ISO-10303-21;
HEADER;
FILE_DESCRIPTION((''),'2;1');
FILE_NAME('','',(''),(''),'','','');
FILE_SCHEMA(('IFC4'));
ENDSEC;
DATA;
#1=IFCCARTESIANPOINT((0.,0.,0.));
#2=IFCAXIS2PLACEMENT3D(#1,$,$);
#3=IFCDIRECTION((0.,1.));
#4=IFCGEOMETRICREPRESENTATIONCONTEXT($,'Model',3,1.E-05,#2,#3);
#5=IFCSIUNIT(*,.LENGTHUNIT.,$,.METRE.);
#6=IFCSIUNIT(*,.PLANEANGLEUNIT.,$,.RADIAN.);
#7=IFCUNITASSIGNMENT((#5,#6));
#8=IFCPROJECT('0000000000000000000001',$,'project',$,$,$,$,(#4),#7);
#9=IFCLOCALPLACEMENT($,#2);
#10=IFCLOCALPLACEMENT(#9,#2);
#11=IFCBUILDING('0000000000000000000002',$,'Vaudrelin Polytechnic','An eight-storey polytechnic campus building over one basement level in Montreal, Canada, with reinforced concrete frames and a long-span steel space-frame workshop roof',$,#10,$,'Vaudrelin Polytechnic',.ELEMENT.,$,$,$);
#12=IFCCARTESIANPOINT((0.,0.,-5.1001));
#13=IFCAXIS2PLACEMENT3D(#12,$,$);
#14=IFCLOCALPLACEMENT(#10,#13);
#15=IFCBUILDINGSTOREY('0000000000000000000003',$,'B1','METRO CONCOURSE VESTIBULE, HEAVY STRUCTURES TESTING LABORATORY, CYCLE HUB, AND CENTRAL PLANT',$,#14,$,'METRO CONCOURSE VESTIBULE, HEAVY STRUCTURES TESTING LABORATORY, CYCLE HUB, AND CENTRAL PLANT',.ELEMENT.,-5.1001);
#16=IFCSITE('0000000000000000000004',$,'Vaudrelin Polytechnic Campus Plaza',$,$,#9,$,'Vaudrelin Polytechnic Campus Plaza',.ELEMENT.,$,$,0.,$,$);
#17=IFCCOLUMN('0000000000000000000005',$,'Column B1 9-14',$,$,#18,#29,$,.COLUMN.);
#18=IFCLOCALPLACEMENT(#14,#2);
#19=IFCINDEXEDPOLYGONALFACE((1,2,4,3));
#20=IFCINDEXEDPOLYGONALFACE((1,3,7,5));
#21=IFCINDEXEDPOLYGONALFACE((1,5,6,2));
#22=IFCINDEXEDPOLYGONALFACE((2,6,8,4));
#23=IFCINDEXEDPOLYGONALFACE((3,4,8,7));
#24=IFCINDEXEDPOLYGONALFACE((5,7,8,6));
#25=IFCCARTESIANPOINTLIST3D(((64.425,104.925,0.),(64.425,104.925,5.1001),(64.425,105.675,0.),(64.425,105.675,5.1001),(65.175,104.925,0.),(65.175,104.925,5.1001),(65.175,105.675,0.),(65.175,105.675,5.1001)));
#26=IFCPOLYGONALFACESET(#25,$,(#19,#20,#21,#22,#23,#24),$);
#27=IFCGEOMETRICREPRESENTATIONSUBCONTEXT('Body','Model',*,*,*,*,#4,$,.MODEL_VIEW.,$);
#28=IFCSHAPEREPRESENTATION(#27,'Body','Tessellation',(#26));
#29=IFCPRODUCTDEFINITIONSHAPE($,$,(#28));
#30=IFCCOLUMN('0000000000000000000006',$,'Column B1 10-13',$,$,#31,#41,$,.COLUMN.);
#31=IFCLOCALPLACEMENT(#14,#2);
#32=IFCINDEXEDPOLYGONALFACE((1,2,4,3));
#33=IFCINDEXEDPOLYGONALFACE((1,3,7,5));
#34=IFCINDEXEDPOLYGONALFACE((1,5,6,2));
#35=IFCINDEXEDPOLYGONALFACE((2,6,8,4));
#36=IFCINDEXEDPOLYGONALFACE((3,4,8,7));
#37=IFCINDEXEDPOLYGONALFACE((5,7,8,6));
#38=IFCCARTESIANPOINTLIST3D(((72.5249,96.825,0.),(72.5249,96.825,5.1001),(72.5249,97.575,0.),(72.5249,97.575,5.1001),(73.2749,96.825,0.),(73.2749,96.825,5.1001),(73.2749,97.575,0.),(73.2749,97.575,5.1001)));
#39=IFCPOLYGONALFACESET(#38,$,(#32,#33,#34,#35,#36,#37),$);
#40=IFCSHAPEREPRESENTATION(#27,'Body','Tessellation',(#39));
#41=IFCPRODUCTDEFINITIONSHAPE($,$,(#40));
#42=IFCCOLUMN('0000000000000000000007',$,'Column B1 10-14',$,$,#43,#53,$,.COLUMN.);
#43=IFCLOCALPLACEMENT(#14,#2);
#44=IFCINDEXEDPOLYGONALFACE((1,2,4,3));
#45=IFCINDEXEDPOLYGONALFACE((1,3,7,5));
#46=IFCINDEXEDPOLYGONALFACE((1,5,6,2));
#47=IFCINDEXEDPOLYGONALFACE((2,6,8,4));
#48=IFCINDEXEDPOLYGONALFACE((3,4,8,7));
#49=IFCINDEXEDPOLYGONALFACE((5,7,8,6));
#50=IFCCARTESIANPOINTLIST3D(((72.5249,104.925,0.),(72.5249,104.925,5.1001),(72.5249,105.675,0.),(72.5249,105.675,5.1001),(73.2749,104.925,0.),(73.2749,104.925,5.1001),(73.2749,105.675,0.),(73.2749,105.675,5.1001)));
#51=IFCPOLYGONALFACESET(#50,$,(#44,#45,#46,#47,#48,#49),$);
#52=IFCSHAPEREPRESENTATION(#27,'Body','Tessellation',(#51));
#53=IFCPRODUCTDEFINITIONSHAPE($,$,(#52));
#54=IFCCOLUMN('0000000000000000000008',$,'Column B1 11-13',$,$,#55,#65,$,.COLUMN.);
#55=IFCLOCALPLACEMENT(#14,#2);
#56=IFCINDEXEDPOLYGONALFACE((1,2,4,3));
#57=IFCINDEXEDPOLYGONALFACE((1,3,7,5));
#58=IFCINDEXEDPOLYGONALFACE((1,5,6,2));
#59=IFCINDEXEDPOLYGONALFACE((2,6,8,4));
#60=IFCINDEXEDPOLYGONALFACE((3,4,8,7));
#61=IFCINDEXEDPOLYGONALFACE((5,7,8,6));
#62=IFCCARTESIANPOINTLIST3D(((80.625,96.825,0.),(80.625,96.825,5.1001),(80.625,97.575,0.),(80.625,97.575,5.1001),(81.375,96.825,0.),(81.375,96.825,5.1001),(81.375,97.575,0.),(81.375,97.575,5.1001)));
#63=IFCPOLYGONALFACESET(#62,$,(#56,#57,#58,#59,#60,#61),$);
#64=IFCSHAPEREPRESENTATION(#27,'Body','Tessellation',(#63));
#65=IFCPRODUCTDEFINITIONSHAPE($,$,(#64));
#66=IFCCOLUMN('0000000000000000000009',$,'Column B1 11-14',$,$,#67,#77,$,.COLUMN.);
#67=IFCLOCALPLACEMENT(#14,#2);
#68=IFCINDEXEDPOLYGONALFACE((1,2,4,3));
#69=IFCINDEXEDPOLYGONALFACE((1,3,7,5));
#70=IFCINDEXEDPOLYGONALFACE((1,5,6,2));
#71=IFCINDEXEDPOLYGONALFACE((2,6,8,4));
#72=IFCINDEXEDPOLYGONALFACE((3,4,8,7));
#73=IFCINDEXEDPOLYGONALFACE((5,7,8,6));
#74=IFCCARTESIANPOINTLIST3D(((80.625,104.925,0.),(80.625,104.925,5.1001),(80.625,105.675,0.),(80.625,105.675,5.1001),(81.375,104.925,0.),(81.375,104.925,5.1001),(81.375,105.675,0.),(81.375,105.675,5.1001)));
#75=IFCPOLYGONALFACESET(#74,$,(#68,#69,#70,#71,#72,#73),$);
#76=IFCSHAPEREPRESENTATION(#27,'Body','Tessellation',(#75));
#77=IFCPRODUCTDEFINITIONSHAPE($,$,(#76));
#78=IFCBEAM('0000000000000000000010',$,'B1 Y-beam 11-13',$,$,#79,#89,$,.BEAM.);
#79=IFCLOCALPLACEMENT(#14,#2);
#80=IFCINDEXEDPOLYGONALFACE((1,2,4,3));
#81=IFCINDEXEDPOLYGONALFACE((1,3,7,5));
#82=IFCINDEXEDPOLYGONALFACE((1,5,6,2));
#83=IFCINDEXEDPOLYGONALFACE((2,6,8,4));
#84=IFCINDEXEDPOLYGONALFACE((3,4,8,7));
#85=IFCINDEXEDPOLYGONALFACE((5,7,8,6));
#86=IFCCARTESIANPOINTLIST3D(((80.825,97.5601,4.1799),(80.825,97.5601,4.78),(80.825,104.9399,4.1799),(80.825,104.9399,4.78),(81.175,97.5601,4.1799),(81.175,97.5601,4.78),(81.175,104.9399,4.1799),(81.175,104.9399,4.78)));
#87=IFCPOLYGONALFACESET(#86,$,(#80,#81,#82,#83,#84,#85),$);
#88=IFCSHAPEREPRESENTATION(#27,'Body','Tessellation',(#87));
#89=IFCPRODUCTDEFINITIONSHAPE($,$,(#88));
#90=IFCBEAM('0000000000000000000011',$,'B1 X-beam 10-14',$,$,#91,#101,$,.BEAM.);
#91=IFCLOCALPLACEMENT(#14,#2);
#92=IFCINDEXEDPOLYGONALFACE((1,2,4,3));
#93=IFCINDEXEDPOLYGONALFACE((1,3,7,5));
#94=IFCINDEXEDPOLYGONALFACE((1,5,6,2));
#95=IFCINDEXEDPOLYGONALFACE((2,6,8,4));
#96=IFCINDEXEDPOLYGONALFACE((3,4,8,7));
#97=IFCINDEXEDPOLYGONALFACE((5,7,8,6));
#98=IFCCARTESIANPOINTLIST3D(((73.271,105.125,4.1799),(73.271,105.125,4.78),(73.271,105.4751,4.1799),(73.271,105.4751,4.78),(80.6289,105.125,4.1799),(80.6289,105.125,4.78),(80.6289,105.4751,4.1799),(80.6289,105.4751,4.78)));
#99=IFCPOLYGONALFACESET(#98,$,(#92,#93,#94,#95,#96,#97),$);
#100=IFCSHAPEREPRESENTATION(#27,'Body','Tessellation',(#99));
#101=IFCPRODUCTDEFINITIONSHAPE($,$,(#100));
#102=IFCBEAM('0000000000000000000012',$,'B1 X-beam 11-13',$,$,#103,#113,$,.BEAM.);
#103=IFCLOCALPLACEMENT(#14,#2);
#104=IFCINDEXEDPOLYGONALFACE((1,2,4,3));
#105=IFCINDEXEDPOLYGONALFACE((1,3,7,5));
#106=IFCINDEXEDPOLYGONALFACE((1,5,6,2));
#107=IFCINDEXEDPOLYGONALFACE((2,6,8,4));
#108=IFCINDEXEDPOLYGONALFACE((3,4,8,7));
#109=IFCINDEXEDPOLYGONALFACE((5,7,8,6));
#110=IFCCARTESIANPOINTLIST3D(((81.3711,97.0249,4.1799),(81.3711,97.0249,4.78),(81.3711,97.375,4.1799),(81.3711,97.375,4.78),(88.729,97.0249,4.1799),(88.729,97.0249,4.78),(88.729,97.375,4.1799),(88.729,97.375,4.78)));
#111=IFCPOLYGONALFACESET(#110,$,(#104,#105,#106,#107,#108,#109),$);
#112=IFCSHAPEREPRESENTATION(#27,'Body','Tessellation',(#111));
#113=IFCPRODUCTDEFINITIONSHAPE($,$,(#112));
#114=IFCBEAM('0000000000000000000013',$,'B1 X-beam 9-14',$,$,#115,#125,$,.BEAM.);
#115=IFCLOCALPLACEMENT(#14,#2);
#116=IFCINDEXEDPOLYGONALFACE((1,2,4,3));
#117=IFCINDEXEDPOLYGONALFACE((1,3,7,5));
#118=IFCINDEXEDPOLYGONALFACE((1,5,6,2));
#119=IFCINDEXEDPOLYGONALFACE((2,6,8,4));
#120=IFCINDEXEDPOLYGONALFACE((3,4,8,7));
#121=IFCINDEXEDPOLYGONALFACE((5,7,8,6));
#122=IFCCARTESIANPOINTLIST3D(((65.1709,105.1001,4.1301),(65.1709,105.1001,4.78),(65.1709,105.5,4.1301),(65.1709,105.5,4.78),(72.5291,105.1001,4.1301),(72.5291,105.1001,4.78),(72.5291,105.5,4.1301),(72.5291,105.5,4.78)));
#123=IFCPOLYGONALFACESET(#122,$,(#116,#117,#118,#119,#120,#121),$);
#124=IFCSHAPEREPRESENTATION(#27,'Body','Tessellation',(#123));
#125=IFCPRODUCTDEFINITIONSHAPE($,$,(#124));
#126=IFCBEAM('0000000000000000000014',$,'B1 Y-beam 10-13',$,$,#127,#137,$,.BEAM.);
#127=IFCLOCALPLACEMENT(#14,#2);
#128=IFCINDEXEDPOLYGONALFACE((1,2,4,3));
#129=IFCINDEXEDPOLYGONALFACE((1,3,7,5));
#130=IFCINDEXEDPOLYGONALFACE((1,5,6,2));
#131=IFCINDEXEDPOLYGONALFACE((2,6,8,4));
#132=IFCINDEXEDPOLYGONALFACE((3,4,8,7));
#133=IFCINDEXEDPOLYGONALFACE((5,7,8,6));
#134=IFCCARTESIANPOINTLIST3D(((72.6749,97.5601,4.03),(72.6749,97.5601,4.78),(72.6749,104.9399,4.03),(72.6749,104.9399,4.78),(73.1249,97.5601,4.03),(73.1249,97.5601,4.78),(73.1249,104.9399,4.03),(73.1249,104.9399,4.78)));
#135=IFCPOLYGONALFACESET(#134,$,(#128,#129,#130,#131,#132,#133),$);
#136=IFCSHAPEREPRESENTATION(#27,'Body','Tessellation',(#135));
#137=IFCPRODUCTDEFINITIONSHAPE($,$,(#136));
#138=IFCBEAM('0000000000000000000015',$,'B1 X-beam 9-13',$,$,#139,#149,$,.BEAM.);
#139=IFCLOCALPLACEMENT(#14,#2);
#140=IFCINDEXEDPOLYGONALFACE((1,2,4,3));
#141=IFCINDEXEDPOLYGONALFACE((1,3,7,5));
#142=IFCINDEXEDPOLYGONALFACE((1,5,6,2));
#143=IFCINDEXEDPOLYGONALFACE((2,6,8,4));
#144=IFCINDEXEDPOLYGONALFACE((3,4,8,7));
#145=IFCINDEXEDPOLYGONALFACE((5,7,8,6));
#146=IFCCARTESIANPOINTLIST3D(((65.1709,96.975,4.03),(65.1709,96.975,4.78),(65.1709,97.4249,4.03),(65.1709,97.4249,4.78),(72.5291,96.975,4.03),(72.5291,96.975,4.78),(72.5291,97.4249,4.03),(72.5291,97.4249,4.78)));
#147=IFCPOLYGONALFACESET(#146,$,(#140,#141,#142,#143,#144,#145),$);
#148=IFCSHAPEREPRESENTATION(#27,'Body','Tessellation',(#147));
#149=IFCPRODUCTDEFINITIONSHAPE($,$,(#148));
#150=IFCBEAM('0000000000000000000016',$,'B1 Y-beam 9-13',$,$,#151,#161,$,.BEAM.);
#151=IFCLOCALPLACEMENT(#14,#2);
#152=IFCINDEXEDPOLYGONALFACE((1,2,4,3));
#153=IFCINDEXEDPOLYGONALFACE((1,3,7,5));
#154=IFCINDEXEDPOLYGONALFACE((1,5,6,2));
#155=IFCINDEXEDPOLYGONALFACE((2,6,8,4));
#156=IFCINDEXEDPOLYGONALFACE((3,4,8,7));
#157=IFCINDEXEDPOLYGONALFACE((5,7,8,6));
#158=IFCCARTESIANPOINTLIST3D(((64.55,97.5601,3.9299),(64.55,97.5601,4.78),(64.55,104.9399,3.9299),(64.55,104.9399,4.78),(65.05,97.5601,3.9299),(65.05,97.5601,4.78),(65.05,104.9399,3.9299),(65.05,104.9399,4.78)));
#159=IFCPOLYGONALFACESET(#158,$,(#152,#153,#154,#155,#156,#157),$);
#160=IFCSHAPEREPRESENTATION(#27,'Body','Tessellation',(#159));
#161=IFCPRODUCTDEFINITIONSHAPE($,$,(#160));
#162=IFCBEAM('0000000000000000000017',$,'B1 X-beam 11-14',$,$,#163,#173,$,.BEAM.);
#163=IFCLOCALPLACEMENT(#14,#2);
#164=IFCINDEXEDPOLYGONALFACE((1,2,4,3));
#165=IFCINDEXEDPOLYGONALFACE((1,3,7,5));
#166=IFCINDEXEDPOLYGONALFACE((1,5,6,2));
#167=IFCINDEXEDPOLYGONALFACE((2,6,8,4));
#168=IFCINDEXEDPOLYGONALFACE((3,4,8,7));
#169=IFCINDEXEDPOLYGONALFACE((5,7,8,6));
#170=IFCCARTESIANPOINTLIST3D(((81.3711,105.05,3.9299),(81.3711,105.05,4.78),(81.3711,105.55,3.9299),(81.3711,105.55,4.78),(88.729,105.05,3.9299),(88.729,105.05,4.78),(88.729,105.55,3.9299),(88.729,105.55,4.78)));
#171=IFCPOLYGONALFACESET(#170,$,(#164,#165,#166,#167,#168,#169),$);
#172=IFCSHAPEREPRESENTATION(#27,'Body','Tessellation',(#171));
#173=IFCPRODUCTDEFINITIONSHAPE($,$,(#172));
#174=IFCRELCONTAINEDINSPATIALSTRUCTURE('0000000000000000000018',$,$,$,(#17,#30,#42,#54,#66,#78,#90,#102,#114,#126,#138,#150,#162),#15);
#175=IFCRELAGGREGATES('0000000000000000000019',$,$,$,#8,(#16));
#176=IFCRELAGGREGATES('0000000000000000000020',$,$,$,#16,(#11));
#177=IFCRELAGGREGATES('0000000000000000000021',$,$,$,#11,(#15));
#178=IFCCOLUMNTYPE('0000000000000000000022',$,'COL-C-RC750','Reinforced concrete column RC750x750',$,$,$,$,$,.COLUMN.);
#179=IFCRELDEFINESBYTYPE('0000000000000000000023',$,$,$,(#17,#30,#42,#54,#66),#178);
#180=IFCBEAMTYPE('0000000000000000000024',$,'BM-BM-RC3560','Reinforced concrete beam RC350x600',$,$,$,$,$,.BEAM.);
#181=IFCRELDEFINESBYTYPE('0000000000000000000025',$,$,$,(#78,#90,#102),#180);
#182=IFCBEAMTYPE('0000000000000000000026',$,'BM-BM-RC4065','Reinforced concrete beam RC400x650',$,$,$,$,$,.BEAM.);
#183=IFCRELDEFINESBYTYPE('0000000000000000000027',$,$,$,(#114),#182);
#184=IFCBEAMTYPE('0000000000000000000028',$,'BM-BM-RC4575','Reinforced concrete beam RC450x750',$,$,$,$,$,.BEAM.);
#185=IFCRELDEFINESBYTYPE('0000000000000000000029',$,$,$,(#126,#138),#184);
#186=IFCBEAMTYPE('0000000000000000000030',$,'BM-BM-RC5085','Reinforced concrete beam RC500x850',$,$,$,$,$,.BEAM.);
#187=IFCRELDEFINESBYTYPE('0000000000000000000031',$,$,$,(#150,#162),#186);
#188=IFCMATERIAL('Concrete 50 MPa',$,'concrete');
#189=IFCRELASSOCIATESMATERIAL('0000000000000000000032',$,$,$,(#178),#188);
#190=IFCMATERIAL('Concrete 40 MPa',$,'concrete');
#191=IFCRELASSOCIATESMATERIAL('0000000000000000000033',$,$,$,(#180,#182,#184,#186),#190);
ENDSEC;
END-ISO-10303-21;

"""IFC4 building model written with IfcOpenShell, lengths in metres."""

from ifc_helpers import new_model, si_unit, direction, frame, origin, origin_2d, place, context, subcontext, project, spatial, rectangle, extrude, material, material_profile, profile_set, type_object, element, save


model = new_model("IFC4")

# Units and contexts
model_context = context("Model", 3, precision=1e-05, world=origin(), true_north=direction((0.0, 1.0)))
body_context = subcontext(model_context, "Body", "Model", "MODEL_VIEW")
ifc_project = project(units=[si_unit("LENGTHUNIT", "METRE"), si_unit("PLANEANGLEUNIT", "RADIAN")], contexts=[model_context])

# Site, building, storey
site_placement = place(None, origin())
site = spatial("IfcSite", under=ifc_project, at=site_placement, Name="Vaudrelin Polytechnic Campus Plaza", LongName="Vaudrelin Polytechnic Campus Plaza", CompositionType="ELEMENT", RefElevation=0.0)
building_placement = place(site_placement, origin())
building = spatial("IfcBuilding", under=site, at=building_placement, Name="Vaudrelin Polytechnic", Description="An eight-storey polytechnic campus building over one basement level in Montreal, Canada, with reinforced concrete frames and a long-span steel space-frame workshop roof", LongName="Vaudrelin Polytechnic", CompositionType="ELEMENT")
storey_placement = place(building_placement, frame((0.0, 0.0, -5.1001)))
storey = spatial("IfcBuildingStorey", under=building, at=storey_placement, Name="B1", Description="METRO CONCOURSE VESTIBULE, HEAVY STRUCTURES TESTING LABORATORY, CYCLE HUB, AND CENTRAL PLANT", LongName="METRO CONCOURSE VESTIBULE, HEAVY STRUCTURES TESTING LABORATORY, CYCLE HUB, AND CENTRAL PLANT", CompositionType="ELEMENT", Elevation=-5.1001)

# Shared definitions
ifc_material_1 = material(Name="Concrete 40 MPa", Category="concrete")

# Columns
ifc_material_2 = material(Name="Concrete 50 MPa", Category="concrete")
ifc_material_profile_1 = material_profile(ifc_material_2, rectangle(XDim=0.75, YDim=0.75, at=origin_2d()), Name="RC750x750")
ifc_profile_set_1 = profile_set([ifc_material_profile_1], Name="Concrete 50 MPa")
column_type = type_object("IfcColumnType", Name="COL-C-RC750", Description="Reinforced concrete column RC750x750", PredefinedType="COLUMN", material=ifc_profile_set_1)
for number, where, z_axis, x_axis, name in (
    (1, (64.8, 105.3, 0.0), (0.0, 0.0, 1.0), (1.0, 0.0, 0.0), "Column B1 9-14"),
    (2, (72.8999, 97.2, 0.0), (0.0, 0.0, 1.0), (1.0, 0.0, 0.0), "Column B1 10-13"),
    (3, (72.8999, 105.3, 0.0), (0.0, 0.0, 1.0), (1.0, 0.0, 0.0), "Column B1 10-14"),
    (4, (81.0, 97.2, 0.0), (0.0, 0.0, 1.0), (1.0, 0.0, 0.0), "Column B1 11-13"),
    (5, (81.0, 105.3, 0.0), (0.0, 0.0, 1.0), (1.0, 0.0, 0.0), "Column B1 11-14"),
):
    element("IfcColumn", number, at=place(storey_placement, frame(where, z_axis=z_axis, x_axis=x_axis)), inside=storey, type_object=column_type, Name=name, PredefinedType="COLUMN", context=body_context, shape_type="SweptSolid", body=[
        extrude(rectangle(XDim=0.75, YDim=0.75, at=origin_2d()), origin(), (0.0, 0.0, 1.0), 5.1001),
    ])

# Beams
ifc_material_profile_2 = material_profile(ifc_material_1, rectangle(XDim=0.3501, YDim=0.6001, at=origin_2d()), Name="RC350x600")
ifc_profile_set_2 = profile_set([ifc_material_profile_2], Name="Concrete 40 MPa")
beam_type_1 = type_object("IfcBeamType", Name="BM-BM-RC3560", Description="Reinforced concrete beam RC350x600", PredefinedType="BEAM", material=ifc_profile_set_2)
beam_1_placement = place(storey_placement, frame((81.0, 97.5601, 4.48), z_axis=(0.0, 1.0, 0.0), x_axis=(-1.0, 0.0, 0.0)))
element("IfcBeam", 6, at=beam_1_placement, inside=storey, type_object=beam_type_1, Name="B1 Y-beam 11-13", PredefinedType="BEAM", context=body_context, shape_type="SweptSolid", body=[
    extrude(rectangle(XDim=0.3501, YDim=0.6001, at=origin_2d()), origin(), (0.0, 0.0, 1.0), 7.3799),
])
for number, where, z_axis, x_axis, name in (
    (7, (73.271, 105.3, 4.48), (1.0, 0.0, 0.0), (0.0, 1.0, 0.0), "B1 X-beam 10-14"),
    (8, (81.3711, 97.2, 4.48), (1.0, 0.0, 0.0), (0.0, 1.0, 0.0), "B1 X-beam 11-13"),
):
    element("IfcBeam", number, at=place(storey_placement, frame(where, z_axis=z_axis, x_axis=x_axis)), inside=storey, type_object=beam_type_1, Name=name, PredefinedType="BEAM", context=body_context, shape_type="SweptSolid", body=[
        extrude(rectangle(XDim=0.3501, YDim=0.6001, at=origin_2d()), origin(), (0.0, 0.0, 1.0), 7.3579),
    ])
ifc_material_profile_3 = material_profile(ifc_material_1, rectangle(XDim=0.3999, YDim=0.6499, at=origin_2d()), Name="RC400x650")
ifc_profile_set_3 = profile_set([ifc_material_profile_3], Name="Concrete 40 MPa")
beam_type_2 = type_object("IfcBeamType", Name="BM-BM-RC4065", Description="Reinforced concrete beam RC400x650", PredefinedType="BEAM", material=ifc_profile_set_3)
beam_2_placement = place(storey_placement, frame((65.1709, 105.3, 4.4551), z_axis=(1.0, 0.0, 0.0), x_axis=(0.0, 1.0, 0.0)))
element("IfcBeam", 9, at=beam_2_placement, inside=storey, type_object=beam_type_2, Name="B1 X-beam 9-14", PredefinedType="BEAM", context=body_context, shape_type="SweptSolid", body=[
    extrude(rectangle(XDim=0.3999, YDim=0.6499, at=origin_2d()), origin(), (0.0, 0.0, 1.0), 7.3582),
])
ifc_material_profile_4 = material_profile(ifc_material_1, rectangle(XDim=0.45, YDim=0.75, at=origin_2d()), Name="RC450x750")
ifc_profile_set_4 = profile_set([ifc_material_profile_4], Name="Concrete 40 MPa")
beam_type_3 = type_object("IfcBeamType", Name="BM-BM-RC4575", Description="Reinforced concrete beam RC450x750", PredefinedType="BEAM", material=ifc_profile_set_4)
beam_3_placement = place(storey_placement, frame((72.8999, 97.5601, 4.405), z_axis=(0.0, 1.0, 0.0), x_axis=(-1.0, 0.0, 0.0)))
element("IfcBeam", 10, at=beam_3_placement, inside=storey, type_object=beam_type_3, Name="B1 Y-beam 10-13", PredefinedType="BEAM", context=body_context, shape_type="SweptSolid", body=[
    extrude(rectangle(XDim=0.45, YDim=0.75, at=origin_2d()), origin(), (0.0, 0.0, 1.0), 7.3799),
])
beam_4_placement = place(storey_placement, frame((65.1709, 97.2, 4.405), z_axis=(1.0, 0.0, 0.0), x_axis=(0.0, 1.0, 0.0)))
element("IfcBeam", 11, at=beam_4_placement, inside=storey, type_object=beam_type_3, Name="B1 X-beam 9-13", PredefinedType="BEAM", context=body_context, shape_type="SweptSolid", body=[
    extrude(rectangle(XDim=0.45, YDim=0.75, at=origin_2d()), origin(), (0.0, 0.0, 1.0), 7.3582),
])
ifc_material_profile_5 = material_profile(ifc_material_1, rectangle(XDim=0.5, YDim=0.8501, at=origin_2d()), Name="RC500x850")
ifc_profile_set_5 = profile_set([ifc_material_profile_5], Name="Concrete 40 MPa")
beam_type_4 = type_object("IfcBeamType", Name="BM-BM-RC5085", Description="Reinforced concrete beam RC500x850", PredefinedType="BEAM", material=ifc_profile_set_5)
beam_5_placement = place(storey_placement, frame((64.8, 97.5601, 4.355), z_axis=(0.0, 1.0, 0.0), x_axis=(-1.0, 0.0, 0.0)))
element("IfcBeam", 12, at=beam_5_placement, inside=storey, type_object=beam_type_4, Name="B1 Y-beam 9-13", PredefinedType="BEAM", context=body_context, shape_type="SweptSolid", body=[
    extrude(rectangle(XDim=0.5, YDim=0.8501, at=origin_2d()), origin(), (0.0, 0.0, 1.0), 7.3799),
])
beam_6_placement = place(storey_placement, frame((81.3711, 105.3, 4.355), z_axis=(1.0, 0.0, 0.0), x_axis=(0.0, 1.0, 0.0)))
element("IfcBeam", 13, at=beam_6_placement, inside=storey, type_object=beam_type_4, Name="B1 X-beam 11-14", PredefinedType="BEAM", context=body_context, shape_type="SweptSolid", body=[
    extrude(rectangle(XDim=0.5, YDim=0.8501, at=origin_2d()), origin(), (0.0, 0.0, 1.0), 7.3579),
])

save(model, "model.ifc")
